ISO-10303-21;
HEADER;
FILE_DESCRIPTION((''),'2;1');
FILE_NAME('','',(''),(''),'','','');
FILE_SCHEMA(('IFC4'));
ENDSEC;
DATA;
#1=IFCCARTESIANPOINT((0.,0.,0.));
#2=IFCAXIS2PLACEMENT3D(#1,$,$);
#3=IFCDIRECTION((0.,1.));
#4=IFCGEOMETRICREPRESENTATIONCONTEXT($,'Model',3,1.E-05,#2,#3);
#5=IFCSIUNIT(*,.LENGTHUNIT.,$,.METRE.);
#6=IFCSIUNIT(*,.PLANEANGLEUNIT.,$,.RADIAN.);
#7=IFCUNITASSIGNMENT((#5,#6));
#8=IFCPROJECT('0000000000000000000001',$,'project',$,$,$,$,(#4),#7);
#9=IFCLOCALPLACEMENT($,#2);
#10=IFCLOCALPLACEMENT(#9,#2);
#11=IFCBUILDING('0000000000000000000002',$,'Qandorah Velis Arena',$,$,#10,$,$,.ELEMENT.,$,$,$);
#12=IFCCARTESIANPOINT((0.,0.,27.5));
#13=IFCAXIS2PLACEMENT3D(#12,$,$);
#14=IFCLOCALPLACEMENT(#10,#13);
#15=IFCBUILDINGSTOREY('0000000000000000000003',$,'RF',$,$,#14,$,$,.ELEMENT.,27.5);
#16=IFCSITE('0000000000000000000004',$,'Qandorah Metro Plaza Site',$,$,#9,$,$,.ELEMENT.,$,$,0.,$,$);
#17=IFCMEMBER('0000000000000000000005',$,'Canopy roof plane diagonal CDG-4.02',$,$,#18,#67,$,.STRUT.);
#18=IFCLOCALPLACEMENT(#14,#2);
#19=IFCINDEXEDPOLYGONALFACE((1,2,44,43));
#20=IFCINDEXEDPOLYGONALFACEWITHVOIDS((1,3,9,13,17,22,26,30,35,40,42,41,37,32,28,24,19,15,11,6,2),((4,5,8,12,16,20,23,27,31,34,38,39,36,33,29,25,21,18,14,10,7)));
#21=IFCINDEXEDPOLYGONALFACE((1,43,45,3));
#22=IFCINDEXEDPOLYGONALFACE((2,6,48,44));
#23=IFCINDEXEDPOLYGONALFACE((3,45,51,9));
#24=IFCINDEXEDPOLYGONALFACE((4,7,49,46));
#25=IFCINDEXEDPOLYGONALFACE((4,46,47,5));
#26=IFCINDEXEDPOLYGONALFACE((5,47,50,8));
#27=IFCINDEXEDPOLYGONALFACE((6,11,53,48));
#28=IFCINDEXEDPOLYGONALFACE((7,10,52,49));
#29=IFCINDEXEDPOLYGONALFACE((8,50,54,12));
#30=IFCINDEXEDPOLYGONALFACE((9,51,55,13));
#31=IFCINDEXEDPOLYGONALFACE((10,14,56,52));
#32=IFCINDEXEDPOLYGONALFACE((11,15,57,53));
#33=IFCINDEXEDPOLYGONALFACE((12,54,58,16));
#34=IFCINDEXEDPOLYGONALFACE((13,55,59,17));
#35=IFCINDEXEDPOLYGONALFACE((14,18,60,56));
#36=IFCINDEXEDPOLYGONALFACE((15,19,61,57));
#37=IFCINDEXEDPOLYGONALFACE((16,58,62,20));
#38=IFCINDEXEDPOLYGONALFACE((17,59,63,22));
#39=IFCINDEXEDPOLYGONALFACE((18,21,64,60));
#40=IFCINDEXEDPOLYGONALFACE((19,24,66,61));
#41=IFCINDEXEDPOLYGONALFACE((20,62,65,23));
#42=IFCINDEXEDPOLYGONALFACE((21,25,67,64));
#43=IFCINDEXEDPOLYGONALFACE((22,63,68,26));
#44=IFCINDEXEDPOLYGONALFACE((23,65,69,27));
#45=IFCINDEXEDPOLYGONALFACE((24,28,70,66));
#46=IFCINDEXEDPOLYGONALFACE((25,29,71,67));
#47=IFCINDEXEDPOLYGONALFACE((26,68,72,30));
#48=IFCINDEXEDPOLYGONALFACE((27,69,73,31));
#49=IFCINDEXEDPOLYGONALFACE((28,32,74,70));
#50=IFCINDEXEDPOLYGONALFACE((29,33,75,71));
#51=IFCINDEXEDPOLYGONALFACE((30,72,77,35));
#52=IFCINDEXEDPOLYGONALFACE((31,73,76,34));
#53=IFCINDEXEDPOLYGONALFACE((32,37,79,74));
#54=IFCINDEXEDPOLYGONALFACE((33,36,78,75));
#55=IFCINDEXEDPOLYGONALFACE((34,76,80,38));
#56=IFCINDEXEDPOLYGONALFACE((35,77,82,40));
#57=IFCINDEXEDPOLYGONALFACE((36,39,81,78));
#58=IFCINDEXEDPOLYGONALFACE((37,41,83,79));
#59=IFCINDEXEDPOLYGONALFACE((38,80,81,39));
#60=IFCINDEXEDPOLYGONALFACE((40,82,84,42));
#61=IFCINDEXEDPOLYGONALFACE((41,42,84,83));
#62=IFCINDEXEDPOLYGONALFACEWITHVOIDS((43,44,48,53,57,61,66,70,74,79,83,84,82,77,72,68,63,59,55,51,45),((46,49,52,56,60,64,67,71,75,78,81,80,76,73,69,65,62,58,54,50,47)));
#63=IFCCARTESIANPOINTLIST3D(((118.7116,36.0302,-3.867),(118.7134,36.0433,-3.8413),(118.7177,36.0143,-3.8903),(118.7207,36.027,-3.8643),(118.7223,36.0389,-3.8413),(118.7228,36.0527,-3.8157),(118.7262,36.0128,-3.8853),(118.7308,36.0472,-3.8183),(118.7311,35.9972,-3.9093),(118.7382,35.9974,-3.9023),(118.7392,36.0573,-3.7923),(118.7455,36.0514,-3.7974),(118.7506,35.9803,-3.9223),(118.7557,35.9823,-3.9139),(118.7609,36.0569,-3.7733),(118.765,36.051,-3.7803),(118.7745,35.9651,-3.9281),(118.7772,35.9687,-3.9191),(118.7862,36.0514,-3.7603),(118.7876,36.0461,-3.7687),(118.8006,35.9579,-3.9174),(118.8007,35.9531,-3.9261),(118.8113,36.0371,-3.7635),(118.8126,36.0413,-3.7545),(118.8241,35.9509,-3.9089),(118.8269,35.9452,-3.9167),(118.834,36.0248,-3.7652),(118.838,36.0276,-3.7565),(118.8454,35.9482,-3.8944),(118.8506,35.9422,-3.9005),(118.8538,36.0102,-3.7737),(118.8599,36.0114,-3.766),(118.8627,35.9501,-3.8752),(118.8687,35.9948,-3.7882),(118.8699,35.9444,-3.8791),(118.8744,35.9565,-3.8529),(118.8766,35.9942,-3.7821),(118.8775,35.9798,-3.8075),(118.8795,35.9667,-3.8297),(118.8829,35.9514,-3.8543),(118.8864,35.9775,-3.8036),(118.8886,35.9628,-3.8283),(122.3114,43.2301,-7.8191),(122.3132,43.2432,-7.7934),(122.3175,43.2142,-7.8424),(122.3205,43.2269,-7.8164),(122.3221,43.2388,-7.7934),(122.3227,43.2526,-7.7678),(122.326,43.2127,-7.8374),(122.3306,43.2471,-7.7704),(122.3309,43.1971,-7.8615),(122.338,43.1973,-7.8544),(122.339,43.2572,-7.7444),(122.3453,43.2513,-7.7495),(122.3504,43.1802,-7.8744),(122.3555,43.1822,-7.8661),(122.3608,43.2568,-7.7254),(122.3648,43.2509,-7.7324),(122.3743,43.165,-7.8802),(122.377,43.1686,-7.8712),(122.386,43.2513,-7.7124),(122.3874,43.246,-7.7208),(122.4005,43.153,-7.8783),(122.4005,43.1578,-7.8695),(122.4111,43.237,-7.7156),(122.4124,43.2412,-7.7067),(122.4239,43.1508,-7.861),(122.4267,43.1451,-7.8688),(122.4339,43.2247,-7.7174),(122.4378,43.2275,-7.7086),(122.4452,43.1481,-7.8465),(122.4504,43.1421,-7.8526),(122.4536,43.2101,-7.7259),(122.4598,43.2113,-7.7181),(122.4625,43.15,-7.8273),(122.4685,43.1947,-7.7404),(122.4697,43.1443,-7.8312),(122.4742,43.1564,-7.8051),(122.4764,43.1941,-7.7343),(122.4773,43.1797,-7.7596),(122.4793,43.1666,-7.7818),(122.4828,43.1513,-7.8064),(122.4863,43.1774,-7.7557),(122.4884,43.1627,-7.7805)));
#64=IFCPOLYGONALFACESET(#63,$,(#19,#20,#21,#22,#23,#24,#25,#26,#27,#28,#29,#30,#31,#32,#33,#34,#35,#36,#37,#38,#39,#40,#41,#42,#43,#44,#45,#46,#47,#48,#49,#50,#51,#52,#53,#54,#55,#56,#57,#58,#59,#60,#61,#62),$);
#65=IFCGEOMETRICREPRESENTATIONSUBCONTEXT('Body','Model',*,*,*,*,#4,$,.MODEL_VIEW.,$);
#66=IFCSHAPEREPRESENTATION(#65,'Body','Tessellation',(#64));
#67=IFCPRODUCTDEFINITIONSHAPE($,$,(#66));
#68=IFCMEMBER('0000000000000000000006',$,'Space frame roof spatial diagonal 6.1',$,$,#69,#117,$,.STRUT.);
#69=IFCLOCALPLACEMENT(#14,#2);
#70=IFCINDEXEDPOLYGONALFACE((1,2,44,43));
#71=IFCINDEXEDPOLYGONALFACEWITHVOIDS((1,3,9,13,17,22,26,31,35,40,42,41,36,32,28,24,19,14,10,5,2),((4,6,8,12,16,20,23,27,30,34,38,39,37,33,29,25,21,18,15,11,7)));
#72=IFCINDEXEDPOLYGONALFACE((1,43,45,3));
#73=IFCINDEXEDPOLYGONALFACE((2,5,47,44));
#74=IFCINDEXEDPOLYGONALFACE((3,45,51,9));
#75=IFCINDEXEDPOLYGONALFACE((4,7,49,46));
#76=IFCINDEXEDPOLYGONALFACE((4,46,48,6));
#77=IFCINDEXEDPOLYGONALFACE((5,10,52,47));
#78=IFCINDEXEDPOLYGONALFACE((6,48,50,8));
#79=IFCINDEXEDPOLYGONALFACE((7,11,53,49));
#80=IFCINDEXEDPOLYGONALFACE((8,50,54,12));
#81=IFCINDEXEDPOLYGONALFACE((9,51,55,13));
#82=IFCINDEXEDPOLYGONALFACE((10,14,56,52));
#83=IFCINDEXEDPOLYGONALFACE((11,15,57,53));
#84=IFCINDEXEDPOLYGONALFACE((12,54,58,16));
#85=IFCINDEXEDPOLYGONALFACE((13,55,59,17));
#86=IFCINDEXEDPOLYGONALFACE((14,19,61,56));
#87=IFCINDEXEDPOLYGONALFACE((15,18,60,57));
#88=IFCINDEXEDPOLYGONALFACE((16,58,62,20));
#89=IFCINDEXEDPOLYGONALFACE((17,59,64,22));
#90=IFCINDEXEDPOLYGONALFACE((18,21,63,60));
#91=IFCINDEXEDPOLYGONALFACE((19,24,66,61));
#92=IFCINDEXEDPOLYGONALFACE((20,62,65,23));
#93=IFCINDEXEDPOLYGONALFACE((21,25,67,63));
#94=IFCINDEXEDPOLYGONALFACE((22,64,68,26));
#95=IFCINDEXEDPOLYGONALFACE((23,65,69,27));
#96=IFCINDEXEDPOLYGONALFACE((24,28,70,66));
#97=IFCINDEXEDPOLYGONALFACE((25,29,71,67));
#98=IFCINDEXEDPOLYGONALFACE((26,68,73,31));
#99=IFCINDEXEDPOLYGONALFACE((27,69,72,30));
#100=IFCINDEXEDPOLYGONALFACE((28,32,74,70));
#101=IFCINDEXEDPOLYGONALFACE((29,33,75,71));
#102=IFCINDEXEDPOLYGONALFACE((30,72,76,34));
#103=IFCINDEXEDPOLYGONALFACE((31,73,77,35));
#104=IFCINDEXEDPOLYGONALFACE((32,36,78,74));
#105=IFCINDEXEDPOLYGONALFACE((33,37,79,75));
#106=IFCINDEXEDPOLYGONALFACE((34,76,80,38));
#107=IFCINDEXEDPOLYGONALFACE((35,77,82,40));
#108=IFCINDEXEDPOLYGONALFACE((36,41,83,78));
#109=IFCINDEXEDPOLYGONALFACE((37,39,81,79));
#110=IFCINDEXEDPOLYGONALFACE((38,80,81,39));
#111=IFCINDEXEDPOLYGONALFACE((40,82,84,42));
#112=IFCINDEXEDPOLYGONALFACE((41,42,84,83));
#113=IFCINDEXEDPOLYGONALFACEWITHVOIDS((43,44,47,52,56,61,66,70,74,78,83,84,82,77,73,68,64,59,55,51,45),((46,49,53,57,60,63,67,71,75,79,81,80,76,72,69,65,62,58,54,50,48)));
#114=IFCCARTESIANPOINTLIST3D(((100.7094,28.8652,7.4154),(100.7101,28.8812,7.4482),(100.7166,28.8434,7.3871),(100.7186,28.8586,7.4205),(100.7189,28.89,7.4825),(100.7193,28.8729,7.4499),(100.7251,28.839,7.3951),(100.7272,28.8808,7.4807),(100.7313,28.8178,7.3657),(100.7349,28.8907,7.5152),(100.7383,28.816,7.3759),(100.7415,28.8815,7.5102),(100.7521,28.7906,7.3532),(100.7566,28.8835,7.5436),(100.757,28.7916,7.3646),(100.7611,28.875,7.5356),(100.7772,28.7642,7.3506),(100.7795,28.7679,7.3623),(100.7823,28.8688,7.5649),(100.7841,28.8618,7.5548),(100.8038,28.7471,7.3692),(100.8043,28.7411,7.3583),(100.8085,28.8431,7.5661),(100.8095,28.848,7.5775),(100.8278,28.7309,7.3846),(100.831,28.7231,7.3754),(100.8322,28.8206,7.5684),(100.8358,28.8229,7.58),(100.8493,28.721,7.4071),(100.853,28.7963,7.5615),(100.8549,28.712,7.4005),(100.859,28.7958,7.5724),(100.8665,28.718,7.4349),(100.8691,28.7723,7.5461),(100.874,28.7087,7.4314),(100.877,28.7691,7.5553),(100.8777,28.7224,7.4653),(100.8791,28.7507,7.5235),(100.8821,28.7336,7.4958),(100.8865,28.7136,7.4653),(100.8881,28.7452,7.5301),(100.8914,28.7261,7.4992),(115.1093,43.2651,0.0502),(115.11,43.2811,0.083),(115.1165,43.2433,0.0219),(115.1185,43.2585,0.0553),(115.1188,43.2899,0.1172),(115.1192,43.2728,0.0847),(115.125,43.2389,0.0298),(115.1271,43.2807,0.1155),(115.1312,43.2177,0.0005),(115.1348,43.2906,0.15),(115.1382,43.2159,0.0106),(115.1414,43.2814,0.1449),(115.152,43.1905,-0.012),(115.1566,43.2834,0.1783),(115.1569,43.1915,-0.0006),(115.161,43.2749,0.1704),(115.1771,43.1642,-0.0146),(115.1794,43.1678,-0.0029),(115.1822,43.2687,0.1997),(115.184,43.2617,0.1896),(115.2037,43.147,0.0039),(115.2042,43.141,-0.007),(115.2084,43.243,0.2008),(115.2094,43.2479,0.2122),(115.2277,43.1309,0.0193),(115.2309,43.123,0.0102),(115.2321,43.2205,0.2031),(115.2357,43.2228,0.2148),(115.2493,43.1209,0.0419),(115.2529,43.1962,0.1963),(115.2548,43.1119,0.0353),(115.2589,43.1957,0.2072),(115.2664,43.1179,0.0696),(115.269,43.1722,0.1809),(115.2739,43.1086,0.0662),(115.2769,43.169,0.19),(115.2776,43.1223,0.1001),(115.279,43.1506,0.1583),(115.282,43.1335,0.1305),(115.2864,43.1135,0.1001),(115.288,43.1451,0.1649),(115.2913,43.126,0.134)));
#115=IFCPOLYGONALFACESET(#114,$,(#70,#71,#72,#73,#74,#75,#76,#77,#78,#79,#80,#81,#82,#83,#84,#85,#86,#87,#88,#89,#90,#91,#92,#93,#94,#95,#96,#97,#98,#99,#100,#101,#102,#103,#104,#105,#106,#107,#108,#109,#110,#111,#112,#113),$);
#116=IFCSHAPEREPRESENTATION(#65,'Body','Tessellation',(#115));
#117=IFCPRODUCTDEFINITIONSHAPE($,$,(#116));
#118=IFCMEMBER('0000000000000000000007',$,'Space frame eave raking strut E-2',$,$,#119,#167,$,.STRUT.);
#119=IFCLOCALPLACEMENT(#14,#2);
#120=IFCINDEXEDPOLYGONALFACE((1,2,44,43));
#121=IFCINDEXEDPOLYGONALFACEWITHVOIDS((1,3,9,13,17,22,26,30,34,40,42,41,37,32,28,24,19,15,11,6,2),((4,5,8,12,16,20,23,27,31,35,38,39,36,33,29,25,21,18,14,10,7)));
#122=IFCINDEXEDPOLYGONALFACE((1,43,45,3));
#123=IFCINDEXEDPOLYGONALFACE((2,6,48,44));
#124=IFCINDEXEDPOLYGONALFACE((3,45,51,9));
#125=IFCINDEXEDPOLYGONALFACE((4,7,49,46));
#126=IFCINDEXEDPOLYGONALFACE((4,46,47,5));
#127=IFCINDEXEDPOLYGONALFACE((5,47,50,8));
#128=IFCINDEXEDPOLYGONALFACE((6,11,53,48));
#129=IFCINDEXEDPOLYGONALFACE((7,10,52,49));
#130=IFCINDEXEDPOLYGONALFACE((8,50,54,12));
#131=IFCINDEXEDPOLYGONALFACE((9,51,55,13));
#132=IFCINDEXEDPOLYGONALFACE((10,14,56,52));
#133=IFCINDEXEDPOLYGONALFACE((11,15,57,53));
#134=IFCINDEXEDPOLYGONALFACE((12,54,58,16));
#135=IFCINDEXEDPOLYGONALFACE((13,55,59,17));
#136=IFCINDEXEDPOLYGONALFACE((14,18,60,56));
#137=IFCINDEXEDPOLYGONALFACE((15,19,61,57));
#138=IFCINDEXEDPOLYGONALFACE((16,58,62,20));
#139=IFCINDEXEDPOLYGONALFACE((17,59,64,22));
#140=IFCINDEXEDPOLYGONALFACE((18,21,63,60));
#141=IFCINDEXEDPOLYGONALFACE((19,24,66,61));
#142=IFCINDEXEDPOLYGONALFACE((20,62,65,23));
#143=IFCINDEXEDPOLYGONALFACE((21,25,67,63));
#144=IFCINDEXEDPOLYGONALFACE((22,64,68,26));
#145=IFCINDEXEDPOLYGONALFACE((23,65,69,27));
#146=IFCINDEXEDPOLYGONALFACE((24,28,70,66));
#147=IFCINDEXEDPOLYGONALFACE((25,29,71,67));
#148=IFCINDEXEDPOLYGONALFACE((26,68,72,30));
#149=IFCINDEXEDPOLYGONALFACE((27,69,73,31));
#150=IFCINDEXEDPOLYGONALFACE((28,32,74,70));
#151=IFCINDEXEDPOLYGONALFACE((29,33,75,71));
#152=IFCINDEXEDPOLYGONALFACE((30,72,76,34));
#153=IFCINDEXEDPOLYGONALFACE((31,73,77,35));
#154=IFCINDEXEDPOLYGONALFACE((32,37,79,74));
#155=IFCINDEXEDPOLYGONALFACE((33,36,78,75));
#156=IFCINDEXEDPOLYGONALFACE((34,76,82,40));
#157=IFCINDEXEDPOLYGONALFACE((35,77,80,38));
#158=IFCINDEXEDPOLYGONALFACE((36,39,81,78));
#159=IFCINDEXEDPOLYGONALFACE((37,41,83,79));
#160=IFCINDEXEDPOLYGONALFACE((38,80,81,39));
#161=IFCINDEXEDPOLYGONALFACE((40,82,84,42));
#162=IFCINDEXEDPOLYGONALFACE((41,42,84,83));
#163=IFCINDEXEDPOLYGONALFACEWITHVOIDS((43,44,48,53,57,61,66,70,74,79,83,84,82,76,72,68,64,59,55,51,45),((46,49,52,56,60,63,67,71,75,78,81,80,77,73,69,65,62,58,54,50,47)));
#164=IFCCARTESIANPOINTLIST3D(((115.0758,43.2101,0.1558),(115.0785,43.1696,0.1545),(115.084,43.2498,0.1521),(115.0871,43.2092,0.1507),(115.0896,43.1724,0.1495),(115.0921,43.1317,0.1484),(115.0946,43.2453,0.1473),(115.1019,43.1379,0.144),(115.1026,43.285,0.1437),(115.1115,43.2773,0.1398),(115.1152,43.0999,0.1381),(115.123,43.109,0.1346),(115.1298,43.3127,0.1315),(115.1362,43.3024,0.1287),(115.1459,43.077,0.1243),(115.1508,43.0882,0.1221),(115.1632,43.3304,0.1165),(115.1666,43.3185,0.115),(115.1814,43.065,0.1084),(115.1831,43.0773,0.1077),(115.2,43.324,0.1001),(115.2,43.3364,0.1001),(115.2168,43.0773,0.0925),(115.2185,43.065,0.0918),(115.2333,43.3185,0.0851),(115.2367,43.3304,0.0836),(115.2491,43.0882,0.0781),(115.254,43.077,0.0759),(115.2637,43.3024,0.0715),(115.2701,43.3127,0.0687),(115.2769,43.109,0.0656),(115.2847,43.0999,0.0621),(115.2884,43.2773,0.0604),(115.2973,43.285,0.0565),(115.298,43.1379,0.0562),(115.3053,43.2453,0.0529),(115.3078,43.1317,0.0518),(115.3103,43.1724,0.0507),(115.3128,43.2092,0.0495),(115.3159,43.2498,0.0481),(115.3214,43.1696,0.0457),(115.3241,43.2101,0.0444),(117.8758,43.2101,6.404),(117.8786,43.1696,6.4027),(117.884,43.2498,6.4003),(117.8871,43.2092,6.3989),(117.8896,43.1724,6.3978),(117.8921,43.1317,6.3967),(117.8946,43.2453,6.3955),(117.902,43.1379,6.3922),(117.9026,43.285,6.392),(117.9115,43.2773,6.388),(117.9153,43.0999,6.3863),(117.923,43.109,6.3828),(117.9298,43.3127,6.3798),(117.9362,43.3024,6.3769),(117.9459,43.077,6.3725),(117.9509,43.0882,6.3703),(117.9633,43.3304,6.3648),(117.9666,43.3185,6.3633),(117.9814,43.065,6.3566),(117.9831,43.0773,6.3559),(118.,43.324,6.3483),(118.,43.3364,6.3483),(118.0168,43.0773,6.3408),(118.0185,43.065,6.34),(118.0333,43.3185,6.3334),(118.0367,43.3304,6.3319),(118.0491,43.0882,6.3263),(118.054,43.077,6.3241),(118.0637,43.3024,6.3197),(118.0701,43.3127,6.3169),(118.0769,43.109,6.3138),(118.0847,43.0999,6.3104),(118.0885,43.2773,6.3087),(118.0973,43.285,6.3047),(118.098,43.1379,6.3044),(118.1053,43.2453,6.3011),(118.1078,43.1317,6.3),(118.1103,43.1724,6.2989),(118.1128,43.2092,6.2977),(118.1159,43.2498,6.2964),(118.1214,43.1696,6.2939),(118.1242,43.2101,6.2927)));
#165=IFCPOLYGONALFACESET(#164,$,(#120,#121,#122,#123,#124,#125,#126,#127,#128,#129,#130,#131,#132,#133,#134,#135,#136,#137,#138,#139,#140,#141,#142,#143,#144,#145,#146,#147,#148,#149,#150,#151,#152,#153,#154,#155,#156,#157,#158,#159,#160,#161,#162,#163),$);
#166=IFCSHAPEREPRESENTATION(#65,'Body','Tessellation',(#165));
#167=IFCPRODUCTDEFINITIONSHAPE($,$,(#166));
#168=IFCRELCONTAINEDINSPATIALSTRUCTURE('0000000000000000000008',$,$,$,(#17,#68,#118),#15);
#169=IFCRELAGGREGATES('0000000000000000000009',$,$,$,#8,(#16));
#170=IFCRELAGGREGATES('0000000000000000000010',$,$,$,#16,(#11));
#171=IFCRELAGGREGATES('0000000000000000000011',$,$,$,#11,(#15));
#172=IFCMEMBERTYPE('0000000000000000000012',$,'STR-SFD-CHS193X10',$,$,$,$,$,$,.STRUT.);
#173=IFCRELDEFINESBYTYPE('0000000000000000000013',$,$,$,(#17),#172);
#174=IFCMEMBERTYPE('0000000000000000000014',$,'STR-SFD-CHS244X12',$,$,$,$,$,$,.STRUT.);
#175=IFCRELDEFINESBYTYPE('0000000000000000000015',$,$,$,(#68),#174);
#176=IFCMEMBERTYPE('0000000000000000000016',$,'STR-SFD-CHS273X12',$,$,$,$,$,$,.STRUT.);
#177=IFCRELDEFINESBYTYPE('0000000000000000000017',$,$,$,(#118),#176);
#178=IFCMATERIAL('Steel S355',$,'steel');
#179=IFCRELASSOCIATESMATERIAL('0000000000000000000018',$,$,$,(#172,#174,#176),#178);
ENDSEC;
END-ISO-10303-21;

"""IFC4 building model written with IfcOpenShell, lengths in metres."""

from ifc_helpers import new_model, si_unit, direction, frame, origin, origin_2d, place, context, subcontext, project, spatial, hollow_circle, extrude, material, material_profile, profile_set, type_object, element, save


model = new_model("IFC4")

# Units and contexts
model_context = context("Model", 3, precision=1e-05, world=origin(), true_north=direction((0.0, 1.0)))
body_context = subcontext(model_context, "Body", "Model", "MODEL_VIEW")
ifc_project = project(units=[si_unit("LENGTHUNIT", "METRE"), si_unit("PLANEANGLEUNIT", "RADIAN")], contexts=[model_context])

# Site, building, storey
site_placement = place(None, origin())
site = spatial("IfcSite", under=ifc_project, at=site_placement, Name="Qandorah Metro Plaza Site", CompositionType="ELEMENT", RefElevation=0.0)
building_placement = place(site_placement, origin())
building = spatial("IfcBuilding", under=site, at=building_placement, Name="Qandorah Velis Arena", CompositionType="ELEMENT")
storey_placement = place(building_placement, frame((0.0, 0.0, 27.5)))
storey = spatial("IfcBuildingStorey", under=building, at=storey_placement, Name="RF", CompositionType="ELEMENT", Elevation=27.5)

# Shared definitions
ifc_material_1 = material(Name="Steel S355", Category="steel")

# Members
ifc_material_profile_1 = material_profile(ifc_material_1, hollow_circle(Radius=0.0969, WallThickness=0.01, at=origin_2d()), Name="CHS 193.7x10")
ifc_profile_set_1 = profile_set([ifc_material_profile_1], Name="Steel S355")
member_type_1 = type_object("IfcMemberType", Name="STR-SFD-CHS193X10", PredefinedType="STRUT", material=ifc_profile_set_1)
member_1_placement = place(storey_placement, frame((118.8, 36.0, -3.8413), z_axis=(0.401429, 0.802886, -0.440715), x_axis=(-0.894433, 0.447201, 0.0)))
element("IfcMember", 1, at=member_1_placement, inside=storey, type_object=member_type_1, Name="Canopy roof plane diagonal CDG-4.02", PredefinedType="STRUT", context=body_context, shape_type="SweptSolid", body=[
    extrude(hollow_circle(Radius=0.0969, WallThickness=0.01, at=origin_2d()), origin(), (0.0, 0.0, 1.0), 8.9675),
])
ifc_material_profile_2 = material_profile(ifc_material_1, hollow_circle(Radius=0.1223, WallThickness=0.0125, at=origin_2d()), Name="CHS 244.5x12.5")
ifc_profile_set_2 = profile_set([ifc_material_profile_2], Name="Steel S355")
member_type_2 = type_object("IfcMemberType", Name="STR-SFD-CHS244X12", PredefinedType="STRUT", material=ifc_profile_set_2)
member_2_placement = place(storey_placement, frame((115.2, 43.2, 0.1001), z_axis=(-0.664953, -0.664953, 0.340109), x_axis=(0.707107, -0.707107, 0.0)))
element("IfcMember", 2, at=member_2_placement, inside=storey, type_object=member_type_2, Name="Space frame roof spatial diagonal 6.1", PredefinedType="STRUT", context=body_context, shape_type="SweptSolid", body=[
    extrude(hollow_circle(Radius=0.1223, WallThickness=0.0125, at=origin_2d()), origin(), (0.0, 0.0, 1.0), 21.6555),
])
ifc_material_profile_3 = material_profile(ifc_material_1, hollow_circle(Radius=0.1365, WallThickness=0.0125, at=origin_2d()), Name="CHS 273x12.5")
ifc_profile_set_3 = profile_set([ifc_material_profile_3], Name="Steel S355")
member_type_3 = type_object("IfcMemberType", Name="STR-SFD-CHS273X12", PredefinedType="STRUT", material=ifc_profile_set_3)
member_3_placement = place(storey_placement, frame((115.2, 43.2, 0.1001), z_axis=(0.408945, 0.0, 0.912559), x_axis=(0.0, 1.0, 0.0)))
element("IfcMember", 3, at=member_3_placement, inside=storey, type_object=member_type_3, Name="Space frame eave raking strut E-2", PredefinedType="STRUT", context=body_context, shape_type="SweptSolid", body=[
    extrude(hollow_circle(Radius=0.1365, WallThickness=0.0125, at=origin_2d()), origin(), (0.0, 0.0, 1.0), 6.8469),
])

save(model, "model.ifc")
